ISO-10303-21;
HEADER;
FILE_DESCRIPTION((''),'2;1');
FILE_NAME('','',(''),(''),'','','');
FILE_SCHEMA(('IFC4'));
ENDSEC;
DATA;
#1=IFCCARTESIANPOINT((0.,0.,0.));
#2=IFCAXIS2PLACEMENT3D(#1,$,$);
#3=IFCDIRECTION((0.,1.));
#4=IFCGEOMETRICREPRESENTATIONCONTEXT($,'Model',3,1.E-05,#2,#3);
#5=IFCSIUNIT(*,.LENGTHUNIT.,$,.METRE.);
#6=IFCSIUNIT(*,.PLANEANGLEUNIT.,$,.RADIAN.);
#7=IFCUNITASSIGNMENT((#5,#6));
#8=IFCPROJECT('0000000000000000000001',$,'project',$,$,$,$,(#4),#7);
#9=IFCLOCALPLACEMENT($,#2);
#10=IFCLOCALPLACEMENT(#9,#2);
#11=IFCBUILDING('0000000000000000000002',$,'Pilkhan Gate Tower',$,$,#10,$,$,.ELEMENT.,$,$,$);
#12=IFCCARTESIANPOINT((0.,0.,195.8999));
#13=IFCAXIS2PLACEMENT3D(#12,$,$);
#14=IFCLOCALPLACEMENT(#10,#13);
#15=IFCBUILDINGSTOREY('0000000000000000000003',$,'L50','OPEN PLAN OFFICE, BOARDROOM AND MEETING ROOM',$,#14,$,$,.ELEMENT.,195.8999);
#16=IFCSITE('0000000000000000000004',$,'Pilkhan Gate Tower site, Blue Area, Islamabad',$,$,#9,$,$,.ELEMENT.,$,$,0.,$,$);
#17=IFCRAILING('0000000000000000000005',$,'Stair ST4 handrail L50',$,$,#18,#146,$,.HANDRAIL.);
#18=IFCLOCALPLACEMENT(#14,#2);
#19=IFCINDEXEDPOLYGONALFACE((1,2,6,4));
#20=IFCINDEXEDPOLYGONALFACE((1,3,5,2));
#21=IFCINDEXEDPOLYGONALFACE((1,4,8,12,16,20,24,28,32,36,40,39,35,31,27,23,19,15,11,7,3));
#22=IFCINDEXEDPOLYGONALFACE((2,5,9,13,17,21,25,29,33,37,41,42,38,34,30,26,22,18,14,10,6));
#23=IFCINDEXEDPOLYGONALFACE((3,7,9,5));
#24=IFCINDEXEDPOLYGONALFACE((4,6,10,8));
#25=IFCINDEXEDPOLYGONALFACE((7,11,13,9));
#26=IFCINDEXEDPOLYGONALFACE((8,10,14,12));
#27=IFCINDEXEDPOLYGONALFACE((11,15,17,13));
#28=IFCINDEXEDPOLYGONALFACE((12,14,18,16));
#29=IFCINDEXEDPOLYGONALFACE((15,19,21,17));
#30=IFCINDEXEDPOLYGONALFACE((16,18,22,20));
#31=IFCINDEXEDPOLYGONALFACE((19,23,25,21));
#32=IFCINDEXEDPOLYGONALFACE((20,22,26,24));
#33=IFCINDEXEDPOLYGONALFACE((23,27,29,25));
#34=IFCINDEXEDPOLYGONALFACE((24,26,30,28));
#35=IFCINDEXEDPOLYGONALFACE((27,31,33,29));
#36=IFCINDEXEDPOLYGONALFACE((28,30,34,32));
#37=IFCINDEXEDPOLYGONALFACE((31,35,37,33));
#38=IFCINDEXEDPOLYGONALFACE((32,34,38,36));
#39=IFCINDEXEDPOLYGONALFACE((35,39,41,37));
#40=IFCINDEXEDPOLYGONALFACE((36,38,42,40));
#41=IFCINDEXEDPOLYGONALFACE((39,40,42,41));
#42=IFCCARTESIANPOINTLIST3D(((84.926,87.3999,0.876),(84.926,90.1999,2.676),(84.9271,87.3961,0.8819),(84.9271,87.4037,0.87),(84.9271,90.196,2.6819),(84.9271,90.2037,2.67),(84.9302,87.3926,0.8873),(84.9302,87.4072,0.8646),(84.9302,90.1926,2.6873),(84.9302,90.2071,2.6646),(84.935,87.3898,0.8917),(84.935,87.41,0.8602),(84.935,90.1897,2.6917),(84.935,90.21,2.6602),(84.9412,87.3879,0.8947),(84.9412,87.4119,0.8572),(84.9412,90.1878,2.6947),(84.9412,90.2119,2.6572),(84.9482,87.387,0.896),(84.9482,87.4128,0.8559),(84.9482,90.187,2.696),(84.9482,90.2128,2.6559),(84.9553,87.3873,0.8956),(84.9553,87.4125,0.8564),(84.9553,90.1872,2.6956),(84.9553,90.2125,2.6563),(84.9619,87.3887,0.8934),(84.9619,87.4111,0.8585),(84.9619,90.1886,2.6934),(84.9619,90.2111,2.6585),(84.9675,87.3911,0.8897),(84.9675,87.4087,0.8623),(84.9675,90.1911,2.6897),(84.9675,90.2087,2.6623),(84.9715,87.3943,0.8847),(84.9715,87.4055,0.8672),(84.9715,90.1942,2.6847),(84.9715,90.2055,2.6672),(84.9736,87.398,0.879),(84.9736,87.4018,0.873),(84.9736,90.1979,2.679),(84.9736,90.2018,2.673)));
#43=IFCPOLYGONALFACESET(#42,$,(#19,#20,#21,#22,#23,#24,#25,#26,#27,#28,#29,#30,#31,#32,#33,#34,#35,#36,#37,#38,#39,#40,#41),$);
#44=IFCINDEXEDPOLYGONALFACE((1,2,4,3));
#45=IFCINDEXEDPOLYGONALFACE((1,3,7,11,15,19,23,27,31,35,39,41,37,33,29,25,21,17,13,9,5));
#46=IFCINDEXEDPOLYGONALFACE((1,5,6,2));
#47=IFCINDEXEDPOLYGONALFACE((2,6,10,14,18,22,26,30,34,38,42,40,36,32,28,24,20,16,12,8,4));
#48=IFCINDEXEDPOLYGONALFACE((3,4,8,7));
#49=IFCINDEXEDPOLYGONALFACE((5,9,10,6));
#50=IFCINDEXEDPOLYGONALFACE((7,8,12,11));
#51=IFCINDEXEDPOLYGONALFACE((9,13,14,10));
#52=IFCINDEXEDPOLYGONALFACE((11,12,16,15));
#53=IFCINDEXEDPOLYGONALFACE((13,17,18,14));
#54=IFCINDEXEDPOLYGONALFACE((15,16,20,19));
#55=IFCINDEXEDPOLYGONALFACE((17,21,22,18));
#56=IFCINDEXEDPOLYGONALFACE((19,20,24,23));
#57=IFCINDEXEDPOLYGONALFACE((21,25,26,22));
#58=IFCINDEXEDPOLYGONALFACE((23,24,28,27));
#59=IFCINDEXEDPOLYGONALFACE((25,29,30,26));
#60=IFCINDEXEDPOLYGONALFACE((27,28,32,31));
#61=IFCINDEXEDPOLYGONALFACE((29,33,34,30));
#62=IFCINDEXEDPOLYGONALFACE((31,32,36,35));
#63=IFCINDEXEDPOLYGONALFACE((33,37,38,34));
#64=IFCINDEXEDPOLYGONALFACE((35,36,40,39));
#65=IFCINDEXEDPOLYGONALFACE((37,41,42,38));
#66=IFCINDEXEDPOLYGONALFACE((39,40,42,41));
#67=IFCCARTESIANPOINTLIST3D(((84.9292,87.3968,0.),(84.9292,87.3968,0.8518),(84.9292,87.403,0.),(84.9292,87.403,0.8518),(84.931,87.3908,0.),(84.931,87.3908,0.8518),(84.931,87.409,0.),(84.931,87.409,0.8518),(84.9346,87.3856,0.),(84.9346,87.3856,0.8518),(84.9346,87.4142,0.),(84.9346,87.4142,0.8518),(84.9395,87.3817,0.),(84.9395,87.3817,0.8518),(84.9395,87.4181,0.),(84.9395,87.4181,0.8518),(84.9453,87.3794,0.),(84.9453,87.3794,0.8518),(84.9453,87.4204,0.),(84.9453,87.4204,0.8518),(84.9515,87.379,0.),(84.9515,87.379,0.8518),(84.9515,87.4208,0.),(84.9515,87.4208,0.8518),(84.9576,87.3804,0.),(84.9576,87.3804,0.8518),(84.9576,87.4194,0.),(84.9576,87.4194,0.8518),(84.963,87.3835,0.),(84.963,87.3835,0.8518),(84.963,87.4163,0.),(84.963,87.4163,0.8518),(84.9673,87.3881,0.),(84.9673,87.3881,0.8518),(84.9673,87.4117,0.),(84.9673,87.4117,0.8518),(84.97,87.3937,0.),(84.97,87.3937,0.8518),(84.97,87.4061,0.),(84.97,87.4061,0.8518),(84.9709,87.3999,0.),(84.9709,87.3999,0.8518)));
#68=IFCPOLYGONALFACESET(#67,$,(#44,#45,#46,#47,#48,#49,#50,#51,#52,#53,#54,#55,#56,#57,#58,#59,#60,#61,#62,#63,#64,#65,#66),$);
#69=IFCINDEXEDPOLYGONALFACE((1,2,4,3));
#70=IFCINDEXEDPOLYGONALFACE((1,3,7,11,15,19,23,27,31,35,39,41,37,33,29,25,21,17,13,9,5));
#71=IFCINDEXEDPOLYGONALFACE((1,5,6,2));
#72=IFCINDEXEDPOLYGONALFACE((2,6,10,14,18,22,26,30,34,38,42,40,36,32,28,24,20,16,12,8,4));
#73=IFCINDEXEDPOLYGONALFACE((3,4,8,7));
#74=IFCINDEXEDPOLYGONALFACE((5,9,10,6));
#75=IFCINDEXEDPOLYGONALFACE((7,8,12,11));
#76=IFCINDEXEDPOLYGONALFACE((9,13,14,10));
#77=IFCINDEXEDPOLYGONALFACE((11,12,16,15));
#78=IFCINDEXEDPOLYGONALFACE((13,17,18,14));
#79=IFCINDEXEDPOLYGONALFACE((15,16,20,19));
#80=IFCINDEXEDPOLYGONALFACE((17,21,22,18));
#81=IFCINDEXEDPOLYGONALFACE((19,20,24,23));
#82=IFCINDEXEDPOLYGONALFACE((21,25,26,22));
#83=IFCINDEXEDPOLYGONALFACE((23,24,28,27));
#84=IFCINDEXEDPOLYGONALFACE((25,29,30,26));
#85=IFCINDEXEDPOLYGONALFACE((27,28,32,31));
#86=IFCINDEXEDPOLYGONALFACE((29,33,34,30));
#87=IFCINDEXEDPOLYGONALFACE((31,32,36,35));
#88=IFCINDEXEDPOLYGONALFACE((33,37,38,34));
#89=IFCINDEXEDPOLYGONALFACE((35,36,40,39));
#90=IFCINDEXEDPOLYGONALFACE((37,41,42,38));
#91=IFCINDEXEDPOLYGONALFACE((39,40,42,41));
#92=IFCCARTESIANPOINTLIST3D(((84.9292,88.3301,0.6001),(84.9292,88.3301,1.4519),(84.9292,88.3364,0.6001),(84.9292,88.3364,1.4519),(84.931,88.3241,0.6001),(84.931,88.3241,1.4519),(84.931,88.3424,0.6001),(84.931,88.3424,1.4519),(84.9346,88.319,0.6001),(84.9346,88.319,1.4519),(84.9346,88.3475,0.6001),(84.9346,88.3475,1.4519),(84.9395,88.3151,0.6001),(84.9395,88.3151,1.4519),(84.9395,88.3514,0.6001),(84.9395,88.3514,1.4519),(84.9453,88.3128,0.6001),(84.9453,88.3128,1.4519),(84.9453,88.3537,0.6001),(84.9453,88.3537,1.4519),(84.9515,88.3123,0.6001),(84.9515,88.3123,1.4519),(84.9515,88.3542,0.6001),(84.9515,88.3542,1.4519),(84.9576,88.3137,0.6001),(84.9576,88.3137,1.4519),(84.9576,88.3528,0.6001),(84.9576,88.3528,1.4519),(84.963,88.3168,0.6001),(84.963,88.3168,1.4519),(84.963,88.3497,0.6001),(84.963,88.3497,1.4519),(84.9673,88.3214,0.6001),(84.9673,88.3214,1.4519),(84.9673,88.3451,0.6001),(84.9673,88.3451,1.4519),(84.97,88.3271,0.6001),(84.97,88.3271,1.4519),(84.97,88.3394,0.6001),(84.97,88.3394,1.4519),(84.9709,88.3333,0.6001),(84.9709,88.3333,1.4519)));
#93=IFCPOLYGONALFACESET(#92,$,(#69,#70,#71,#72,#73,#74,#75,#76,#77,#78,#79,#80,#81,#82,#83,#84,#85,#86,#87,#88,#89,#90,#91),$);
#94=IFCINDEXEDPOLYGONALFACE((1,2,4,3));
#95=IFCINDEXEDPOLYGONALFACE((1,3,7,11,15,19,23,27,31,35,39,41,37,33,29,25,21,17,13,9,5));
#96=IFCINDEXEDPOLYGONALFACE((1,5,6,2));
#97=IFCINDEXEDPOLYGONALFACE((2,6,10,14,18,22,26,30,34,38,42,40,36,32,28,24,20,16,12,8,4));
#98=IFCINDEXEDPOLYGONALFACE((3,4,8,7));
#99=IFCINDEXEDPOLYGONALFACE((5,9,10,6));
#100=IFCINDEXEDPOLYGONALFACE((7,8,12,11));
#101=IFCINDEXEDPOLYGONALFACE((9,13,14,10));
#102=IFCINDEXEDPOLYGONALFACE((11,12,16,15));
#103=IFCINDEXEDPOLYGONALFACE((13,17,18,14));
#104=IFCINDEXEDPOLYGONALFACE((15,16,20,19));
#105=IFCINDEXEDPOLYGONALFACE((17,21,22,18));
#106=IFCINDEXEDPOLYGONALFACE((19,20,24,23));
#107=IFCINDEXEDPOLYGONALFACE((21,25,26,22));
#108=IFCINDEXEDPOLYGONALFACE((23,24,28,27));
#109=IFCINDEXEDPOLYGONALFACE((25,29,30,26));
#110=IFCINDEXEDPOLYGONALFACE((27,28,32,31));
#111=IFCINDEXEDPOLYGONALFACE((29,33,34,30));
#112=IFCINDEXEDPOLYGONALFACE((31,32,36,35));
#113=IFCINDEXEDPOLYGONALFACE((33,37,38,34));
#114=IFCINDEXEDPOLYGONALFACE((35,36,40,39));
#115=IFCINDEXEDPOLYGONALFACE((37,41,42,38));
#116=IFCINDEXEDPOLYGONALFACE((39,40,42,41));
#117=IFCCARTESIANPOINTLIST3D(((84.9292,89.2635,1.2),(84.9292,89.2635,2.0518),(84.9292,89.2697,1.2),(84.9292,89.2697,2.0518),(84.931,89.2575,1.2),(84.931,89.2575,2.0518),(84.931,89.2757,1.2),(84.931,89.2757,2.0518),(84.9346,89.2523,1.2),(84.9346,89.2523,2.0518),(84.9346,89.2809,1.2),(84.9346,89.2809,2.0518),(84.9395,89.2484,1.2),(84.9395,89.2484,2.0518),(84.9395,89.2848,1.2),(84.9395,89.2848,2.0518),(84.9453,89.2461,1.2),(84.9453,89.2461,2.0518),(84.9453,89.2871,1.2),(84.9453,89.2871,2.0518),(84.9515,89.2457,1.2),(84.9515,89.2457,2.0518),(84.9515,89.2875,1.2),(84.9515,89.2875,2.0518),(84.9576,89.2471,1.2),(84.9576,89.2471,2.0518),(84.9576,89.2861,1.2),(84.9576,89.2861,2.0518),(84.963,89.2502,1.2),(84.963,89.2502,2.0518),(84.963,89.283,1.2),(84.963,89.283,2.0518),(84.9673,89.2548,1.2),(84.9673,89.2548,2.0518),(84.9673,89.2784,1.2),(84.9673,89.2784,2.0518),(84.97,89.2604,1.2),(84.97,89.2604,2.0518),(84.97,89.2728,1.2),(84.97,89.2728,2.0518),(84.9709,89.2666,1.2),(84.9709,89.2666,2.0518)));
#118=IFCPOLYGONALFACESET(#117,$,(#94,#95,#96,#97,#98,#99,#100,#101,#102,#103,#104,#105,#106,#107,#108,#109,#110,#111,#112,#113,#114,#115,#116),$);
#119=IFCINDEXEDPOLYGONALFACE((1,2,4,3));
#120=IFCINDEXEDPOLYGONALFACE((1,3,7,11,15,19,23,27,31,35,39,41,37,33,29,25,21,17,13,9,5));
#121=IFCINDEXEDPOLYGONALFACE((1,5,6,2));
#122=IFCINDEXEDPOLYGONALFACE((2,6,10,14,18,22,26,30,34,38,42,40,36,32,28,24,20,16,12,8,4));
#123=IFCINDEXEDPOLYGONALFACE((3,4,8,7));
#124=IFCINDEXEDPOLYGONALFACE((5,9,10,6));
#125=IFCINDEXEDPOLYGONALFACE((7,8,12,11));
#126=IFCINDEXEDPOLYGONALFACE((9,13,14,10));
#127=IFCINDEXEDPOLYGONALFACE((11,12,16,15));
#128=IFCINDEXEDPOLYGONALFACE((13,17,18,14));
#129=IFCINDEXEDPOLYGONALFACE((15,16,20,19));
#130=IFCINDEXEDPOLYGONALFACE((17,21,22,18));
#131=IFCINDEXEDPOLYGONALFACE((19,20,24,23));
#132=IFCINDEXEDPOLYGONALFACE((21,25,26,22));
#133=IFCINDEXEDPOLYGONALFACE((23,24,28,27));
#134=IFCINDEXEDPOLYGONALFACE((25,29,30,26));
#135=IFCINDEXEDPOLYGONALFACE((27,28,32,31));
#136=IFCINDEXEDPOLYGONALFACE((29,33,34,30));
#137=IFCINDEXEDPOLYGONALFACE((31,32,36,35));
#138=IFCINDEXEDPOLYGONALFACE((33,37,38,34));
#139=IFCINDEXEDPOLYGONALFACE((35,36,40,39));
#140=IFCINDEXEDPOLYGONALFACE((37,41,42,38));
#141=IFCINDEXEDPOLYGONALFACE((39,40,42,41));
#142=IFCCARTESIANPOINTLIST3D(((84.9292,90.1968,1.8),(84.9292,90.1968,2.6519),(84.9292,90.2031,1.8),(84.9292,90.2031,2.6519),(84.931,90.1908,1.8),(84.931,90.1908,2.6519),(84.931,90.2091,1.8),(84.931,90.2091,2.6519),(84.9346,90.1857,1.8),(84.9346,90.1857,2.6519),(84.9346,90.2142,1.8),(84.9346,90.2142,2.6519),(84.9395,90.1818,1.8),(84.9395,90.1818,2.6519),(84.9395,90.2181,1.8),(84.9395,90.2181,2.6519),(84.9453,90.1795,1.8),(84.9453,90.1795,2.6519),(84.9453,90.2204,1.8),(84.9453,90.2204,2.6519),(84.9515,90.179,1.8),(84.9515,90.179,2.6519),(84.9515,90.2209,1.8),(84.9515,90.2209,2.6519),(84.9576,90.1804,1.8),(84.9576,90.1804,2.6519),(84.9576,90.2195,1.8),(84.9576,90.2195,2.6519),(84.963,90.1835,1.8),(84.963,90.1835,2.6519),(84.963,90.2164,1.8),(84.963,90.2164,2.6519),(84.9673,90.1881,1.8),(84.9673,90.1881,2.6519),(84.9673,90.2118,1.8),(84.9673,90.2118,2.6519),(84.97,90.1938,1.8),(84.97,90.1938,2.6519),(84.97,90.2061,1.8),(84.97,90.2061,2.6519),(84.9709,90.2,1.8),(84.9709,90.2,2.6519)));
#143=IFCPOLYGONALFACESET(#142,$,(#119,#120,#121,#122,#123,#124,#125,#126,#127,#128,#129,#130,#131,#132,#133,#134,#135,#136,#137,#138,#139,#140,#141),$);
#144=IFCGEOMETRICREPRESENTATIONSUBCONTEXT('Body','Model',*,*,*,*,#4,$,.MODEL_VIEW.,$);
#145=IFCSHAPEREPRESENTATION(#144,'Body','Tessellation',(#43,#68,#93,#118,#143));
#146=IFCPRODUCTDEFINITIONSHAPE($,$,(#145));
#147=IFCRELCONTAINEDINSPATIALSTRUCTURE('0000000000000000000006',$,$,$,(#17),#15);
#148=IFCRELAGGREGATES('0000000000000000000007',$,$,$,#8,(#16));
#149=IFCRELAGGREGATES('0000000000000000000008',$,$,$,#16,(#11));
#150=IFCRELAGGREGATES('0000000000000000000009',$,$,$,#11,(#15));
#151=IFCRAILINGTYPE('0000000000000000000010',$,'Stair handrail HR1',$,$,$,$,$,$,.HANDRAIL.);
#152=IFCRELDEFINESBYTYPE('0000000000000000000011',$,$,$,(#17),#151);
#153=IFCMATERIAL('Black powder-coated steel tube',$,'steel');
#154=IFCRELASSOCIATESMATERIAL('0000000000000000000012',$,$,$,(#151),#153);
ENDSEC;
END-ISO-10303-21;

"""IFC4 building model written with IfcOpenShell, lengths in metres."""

from ifc_helpers import new_model, si_unit, direction, frame, origin, origin_2d, place, context, subcontext, project, spatial, circle, extrude, material, type_object, element, save


model = new_model("IFC4")

# Units and contexts
model_context = context("Model", 3, precision=1e-05, world=origin(), true_north=direction((0.0, 1.0)))
body_context = subcontext(model_context, "Body", "Model", "MODEL_VIEW")
ifc_project = project(units=[si_unit("LENGTHUNIT", "METRE"), si_unit("PLANEANGLEUNIT", "RADIAN")], contexts=[model_context])

# Site, building, storey
site_placement = place(None, origin())
site = spatial("IfcSite", under=ifc_project, at=site_placement, Name="Pilkhan Gate Tower site, Blue Area, Islamabad", CompositionType="ELEMENT", RefElevation=0.0)
building_placement = place(site_placement, origin())
building = spatial("IfcBuilding", under=site, at=building_placement, Name="Pilkhan Gate Tower", CompositionType="ELEMENT")
storey_placement = place(building_placement, frame((0.0, 0.0, 195.8999)))
storey = spatial("IfcBuildingStorey", under=building, at=storey_placement, Name="L50", Description="OPEN PLAN OFFICE, BOARDROOM AND MEETING ROOM", CompositionType="ELEMENT", Elevation=195.8999)

# Railing
ifc_material_1 = material(Name="Black powder-coated steel tube", Category="steel")
railing_type = type_object("IfcRailingType", Name="Stair handrail HR1", PredefinedType="HANDRAIL", material=ifc_material_1)
for number, where, name in (
    (1, (84.95, 87.3999, 0.0), "Stair ST4 handrail L50"),
):
    element("IfcRailing", number, at=place(storey_placement, frame(where)), inside=storey, type_object=railing_type, Name=name, PredefinedType="HANDRAIL", context=body_context, shape_type="SweptSolid", body=[
        extrude(circle(Radius=0.0239, at=origin_2d()), frame((0.0, 0.0, 0.876), z_axis=(0.0, 0.841176, 0.540761), x_axis=(-1.0, 0.0, 0.0)), (0.0, 0.0, 1.0), 3.3286),
        extrude(circle(Radius=0.021, at=origin_2d()), origin(), (0.0, 0.0, 1.0), 0.8518),
        extrude(circle(Radius=0.021, at=origin_2d()), frame((0.0, 0.9333, 0.6001)), (0.0, 0.0, 1.0), 0.8518),
        extrude(circle(Radius=0.021, at=origin_2d()), frame((0.0, 1.8667, 1.2)), (0.0, 0.0, 1.0), 0.8518),
        extrude(circle(Radius=0.021, at=origin_2d()), frame((0.0, 2.8, 1.8)), (0.0, 0.0, 1.0), 0.8518),
    ])

save(model, "model.ifc")
